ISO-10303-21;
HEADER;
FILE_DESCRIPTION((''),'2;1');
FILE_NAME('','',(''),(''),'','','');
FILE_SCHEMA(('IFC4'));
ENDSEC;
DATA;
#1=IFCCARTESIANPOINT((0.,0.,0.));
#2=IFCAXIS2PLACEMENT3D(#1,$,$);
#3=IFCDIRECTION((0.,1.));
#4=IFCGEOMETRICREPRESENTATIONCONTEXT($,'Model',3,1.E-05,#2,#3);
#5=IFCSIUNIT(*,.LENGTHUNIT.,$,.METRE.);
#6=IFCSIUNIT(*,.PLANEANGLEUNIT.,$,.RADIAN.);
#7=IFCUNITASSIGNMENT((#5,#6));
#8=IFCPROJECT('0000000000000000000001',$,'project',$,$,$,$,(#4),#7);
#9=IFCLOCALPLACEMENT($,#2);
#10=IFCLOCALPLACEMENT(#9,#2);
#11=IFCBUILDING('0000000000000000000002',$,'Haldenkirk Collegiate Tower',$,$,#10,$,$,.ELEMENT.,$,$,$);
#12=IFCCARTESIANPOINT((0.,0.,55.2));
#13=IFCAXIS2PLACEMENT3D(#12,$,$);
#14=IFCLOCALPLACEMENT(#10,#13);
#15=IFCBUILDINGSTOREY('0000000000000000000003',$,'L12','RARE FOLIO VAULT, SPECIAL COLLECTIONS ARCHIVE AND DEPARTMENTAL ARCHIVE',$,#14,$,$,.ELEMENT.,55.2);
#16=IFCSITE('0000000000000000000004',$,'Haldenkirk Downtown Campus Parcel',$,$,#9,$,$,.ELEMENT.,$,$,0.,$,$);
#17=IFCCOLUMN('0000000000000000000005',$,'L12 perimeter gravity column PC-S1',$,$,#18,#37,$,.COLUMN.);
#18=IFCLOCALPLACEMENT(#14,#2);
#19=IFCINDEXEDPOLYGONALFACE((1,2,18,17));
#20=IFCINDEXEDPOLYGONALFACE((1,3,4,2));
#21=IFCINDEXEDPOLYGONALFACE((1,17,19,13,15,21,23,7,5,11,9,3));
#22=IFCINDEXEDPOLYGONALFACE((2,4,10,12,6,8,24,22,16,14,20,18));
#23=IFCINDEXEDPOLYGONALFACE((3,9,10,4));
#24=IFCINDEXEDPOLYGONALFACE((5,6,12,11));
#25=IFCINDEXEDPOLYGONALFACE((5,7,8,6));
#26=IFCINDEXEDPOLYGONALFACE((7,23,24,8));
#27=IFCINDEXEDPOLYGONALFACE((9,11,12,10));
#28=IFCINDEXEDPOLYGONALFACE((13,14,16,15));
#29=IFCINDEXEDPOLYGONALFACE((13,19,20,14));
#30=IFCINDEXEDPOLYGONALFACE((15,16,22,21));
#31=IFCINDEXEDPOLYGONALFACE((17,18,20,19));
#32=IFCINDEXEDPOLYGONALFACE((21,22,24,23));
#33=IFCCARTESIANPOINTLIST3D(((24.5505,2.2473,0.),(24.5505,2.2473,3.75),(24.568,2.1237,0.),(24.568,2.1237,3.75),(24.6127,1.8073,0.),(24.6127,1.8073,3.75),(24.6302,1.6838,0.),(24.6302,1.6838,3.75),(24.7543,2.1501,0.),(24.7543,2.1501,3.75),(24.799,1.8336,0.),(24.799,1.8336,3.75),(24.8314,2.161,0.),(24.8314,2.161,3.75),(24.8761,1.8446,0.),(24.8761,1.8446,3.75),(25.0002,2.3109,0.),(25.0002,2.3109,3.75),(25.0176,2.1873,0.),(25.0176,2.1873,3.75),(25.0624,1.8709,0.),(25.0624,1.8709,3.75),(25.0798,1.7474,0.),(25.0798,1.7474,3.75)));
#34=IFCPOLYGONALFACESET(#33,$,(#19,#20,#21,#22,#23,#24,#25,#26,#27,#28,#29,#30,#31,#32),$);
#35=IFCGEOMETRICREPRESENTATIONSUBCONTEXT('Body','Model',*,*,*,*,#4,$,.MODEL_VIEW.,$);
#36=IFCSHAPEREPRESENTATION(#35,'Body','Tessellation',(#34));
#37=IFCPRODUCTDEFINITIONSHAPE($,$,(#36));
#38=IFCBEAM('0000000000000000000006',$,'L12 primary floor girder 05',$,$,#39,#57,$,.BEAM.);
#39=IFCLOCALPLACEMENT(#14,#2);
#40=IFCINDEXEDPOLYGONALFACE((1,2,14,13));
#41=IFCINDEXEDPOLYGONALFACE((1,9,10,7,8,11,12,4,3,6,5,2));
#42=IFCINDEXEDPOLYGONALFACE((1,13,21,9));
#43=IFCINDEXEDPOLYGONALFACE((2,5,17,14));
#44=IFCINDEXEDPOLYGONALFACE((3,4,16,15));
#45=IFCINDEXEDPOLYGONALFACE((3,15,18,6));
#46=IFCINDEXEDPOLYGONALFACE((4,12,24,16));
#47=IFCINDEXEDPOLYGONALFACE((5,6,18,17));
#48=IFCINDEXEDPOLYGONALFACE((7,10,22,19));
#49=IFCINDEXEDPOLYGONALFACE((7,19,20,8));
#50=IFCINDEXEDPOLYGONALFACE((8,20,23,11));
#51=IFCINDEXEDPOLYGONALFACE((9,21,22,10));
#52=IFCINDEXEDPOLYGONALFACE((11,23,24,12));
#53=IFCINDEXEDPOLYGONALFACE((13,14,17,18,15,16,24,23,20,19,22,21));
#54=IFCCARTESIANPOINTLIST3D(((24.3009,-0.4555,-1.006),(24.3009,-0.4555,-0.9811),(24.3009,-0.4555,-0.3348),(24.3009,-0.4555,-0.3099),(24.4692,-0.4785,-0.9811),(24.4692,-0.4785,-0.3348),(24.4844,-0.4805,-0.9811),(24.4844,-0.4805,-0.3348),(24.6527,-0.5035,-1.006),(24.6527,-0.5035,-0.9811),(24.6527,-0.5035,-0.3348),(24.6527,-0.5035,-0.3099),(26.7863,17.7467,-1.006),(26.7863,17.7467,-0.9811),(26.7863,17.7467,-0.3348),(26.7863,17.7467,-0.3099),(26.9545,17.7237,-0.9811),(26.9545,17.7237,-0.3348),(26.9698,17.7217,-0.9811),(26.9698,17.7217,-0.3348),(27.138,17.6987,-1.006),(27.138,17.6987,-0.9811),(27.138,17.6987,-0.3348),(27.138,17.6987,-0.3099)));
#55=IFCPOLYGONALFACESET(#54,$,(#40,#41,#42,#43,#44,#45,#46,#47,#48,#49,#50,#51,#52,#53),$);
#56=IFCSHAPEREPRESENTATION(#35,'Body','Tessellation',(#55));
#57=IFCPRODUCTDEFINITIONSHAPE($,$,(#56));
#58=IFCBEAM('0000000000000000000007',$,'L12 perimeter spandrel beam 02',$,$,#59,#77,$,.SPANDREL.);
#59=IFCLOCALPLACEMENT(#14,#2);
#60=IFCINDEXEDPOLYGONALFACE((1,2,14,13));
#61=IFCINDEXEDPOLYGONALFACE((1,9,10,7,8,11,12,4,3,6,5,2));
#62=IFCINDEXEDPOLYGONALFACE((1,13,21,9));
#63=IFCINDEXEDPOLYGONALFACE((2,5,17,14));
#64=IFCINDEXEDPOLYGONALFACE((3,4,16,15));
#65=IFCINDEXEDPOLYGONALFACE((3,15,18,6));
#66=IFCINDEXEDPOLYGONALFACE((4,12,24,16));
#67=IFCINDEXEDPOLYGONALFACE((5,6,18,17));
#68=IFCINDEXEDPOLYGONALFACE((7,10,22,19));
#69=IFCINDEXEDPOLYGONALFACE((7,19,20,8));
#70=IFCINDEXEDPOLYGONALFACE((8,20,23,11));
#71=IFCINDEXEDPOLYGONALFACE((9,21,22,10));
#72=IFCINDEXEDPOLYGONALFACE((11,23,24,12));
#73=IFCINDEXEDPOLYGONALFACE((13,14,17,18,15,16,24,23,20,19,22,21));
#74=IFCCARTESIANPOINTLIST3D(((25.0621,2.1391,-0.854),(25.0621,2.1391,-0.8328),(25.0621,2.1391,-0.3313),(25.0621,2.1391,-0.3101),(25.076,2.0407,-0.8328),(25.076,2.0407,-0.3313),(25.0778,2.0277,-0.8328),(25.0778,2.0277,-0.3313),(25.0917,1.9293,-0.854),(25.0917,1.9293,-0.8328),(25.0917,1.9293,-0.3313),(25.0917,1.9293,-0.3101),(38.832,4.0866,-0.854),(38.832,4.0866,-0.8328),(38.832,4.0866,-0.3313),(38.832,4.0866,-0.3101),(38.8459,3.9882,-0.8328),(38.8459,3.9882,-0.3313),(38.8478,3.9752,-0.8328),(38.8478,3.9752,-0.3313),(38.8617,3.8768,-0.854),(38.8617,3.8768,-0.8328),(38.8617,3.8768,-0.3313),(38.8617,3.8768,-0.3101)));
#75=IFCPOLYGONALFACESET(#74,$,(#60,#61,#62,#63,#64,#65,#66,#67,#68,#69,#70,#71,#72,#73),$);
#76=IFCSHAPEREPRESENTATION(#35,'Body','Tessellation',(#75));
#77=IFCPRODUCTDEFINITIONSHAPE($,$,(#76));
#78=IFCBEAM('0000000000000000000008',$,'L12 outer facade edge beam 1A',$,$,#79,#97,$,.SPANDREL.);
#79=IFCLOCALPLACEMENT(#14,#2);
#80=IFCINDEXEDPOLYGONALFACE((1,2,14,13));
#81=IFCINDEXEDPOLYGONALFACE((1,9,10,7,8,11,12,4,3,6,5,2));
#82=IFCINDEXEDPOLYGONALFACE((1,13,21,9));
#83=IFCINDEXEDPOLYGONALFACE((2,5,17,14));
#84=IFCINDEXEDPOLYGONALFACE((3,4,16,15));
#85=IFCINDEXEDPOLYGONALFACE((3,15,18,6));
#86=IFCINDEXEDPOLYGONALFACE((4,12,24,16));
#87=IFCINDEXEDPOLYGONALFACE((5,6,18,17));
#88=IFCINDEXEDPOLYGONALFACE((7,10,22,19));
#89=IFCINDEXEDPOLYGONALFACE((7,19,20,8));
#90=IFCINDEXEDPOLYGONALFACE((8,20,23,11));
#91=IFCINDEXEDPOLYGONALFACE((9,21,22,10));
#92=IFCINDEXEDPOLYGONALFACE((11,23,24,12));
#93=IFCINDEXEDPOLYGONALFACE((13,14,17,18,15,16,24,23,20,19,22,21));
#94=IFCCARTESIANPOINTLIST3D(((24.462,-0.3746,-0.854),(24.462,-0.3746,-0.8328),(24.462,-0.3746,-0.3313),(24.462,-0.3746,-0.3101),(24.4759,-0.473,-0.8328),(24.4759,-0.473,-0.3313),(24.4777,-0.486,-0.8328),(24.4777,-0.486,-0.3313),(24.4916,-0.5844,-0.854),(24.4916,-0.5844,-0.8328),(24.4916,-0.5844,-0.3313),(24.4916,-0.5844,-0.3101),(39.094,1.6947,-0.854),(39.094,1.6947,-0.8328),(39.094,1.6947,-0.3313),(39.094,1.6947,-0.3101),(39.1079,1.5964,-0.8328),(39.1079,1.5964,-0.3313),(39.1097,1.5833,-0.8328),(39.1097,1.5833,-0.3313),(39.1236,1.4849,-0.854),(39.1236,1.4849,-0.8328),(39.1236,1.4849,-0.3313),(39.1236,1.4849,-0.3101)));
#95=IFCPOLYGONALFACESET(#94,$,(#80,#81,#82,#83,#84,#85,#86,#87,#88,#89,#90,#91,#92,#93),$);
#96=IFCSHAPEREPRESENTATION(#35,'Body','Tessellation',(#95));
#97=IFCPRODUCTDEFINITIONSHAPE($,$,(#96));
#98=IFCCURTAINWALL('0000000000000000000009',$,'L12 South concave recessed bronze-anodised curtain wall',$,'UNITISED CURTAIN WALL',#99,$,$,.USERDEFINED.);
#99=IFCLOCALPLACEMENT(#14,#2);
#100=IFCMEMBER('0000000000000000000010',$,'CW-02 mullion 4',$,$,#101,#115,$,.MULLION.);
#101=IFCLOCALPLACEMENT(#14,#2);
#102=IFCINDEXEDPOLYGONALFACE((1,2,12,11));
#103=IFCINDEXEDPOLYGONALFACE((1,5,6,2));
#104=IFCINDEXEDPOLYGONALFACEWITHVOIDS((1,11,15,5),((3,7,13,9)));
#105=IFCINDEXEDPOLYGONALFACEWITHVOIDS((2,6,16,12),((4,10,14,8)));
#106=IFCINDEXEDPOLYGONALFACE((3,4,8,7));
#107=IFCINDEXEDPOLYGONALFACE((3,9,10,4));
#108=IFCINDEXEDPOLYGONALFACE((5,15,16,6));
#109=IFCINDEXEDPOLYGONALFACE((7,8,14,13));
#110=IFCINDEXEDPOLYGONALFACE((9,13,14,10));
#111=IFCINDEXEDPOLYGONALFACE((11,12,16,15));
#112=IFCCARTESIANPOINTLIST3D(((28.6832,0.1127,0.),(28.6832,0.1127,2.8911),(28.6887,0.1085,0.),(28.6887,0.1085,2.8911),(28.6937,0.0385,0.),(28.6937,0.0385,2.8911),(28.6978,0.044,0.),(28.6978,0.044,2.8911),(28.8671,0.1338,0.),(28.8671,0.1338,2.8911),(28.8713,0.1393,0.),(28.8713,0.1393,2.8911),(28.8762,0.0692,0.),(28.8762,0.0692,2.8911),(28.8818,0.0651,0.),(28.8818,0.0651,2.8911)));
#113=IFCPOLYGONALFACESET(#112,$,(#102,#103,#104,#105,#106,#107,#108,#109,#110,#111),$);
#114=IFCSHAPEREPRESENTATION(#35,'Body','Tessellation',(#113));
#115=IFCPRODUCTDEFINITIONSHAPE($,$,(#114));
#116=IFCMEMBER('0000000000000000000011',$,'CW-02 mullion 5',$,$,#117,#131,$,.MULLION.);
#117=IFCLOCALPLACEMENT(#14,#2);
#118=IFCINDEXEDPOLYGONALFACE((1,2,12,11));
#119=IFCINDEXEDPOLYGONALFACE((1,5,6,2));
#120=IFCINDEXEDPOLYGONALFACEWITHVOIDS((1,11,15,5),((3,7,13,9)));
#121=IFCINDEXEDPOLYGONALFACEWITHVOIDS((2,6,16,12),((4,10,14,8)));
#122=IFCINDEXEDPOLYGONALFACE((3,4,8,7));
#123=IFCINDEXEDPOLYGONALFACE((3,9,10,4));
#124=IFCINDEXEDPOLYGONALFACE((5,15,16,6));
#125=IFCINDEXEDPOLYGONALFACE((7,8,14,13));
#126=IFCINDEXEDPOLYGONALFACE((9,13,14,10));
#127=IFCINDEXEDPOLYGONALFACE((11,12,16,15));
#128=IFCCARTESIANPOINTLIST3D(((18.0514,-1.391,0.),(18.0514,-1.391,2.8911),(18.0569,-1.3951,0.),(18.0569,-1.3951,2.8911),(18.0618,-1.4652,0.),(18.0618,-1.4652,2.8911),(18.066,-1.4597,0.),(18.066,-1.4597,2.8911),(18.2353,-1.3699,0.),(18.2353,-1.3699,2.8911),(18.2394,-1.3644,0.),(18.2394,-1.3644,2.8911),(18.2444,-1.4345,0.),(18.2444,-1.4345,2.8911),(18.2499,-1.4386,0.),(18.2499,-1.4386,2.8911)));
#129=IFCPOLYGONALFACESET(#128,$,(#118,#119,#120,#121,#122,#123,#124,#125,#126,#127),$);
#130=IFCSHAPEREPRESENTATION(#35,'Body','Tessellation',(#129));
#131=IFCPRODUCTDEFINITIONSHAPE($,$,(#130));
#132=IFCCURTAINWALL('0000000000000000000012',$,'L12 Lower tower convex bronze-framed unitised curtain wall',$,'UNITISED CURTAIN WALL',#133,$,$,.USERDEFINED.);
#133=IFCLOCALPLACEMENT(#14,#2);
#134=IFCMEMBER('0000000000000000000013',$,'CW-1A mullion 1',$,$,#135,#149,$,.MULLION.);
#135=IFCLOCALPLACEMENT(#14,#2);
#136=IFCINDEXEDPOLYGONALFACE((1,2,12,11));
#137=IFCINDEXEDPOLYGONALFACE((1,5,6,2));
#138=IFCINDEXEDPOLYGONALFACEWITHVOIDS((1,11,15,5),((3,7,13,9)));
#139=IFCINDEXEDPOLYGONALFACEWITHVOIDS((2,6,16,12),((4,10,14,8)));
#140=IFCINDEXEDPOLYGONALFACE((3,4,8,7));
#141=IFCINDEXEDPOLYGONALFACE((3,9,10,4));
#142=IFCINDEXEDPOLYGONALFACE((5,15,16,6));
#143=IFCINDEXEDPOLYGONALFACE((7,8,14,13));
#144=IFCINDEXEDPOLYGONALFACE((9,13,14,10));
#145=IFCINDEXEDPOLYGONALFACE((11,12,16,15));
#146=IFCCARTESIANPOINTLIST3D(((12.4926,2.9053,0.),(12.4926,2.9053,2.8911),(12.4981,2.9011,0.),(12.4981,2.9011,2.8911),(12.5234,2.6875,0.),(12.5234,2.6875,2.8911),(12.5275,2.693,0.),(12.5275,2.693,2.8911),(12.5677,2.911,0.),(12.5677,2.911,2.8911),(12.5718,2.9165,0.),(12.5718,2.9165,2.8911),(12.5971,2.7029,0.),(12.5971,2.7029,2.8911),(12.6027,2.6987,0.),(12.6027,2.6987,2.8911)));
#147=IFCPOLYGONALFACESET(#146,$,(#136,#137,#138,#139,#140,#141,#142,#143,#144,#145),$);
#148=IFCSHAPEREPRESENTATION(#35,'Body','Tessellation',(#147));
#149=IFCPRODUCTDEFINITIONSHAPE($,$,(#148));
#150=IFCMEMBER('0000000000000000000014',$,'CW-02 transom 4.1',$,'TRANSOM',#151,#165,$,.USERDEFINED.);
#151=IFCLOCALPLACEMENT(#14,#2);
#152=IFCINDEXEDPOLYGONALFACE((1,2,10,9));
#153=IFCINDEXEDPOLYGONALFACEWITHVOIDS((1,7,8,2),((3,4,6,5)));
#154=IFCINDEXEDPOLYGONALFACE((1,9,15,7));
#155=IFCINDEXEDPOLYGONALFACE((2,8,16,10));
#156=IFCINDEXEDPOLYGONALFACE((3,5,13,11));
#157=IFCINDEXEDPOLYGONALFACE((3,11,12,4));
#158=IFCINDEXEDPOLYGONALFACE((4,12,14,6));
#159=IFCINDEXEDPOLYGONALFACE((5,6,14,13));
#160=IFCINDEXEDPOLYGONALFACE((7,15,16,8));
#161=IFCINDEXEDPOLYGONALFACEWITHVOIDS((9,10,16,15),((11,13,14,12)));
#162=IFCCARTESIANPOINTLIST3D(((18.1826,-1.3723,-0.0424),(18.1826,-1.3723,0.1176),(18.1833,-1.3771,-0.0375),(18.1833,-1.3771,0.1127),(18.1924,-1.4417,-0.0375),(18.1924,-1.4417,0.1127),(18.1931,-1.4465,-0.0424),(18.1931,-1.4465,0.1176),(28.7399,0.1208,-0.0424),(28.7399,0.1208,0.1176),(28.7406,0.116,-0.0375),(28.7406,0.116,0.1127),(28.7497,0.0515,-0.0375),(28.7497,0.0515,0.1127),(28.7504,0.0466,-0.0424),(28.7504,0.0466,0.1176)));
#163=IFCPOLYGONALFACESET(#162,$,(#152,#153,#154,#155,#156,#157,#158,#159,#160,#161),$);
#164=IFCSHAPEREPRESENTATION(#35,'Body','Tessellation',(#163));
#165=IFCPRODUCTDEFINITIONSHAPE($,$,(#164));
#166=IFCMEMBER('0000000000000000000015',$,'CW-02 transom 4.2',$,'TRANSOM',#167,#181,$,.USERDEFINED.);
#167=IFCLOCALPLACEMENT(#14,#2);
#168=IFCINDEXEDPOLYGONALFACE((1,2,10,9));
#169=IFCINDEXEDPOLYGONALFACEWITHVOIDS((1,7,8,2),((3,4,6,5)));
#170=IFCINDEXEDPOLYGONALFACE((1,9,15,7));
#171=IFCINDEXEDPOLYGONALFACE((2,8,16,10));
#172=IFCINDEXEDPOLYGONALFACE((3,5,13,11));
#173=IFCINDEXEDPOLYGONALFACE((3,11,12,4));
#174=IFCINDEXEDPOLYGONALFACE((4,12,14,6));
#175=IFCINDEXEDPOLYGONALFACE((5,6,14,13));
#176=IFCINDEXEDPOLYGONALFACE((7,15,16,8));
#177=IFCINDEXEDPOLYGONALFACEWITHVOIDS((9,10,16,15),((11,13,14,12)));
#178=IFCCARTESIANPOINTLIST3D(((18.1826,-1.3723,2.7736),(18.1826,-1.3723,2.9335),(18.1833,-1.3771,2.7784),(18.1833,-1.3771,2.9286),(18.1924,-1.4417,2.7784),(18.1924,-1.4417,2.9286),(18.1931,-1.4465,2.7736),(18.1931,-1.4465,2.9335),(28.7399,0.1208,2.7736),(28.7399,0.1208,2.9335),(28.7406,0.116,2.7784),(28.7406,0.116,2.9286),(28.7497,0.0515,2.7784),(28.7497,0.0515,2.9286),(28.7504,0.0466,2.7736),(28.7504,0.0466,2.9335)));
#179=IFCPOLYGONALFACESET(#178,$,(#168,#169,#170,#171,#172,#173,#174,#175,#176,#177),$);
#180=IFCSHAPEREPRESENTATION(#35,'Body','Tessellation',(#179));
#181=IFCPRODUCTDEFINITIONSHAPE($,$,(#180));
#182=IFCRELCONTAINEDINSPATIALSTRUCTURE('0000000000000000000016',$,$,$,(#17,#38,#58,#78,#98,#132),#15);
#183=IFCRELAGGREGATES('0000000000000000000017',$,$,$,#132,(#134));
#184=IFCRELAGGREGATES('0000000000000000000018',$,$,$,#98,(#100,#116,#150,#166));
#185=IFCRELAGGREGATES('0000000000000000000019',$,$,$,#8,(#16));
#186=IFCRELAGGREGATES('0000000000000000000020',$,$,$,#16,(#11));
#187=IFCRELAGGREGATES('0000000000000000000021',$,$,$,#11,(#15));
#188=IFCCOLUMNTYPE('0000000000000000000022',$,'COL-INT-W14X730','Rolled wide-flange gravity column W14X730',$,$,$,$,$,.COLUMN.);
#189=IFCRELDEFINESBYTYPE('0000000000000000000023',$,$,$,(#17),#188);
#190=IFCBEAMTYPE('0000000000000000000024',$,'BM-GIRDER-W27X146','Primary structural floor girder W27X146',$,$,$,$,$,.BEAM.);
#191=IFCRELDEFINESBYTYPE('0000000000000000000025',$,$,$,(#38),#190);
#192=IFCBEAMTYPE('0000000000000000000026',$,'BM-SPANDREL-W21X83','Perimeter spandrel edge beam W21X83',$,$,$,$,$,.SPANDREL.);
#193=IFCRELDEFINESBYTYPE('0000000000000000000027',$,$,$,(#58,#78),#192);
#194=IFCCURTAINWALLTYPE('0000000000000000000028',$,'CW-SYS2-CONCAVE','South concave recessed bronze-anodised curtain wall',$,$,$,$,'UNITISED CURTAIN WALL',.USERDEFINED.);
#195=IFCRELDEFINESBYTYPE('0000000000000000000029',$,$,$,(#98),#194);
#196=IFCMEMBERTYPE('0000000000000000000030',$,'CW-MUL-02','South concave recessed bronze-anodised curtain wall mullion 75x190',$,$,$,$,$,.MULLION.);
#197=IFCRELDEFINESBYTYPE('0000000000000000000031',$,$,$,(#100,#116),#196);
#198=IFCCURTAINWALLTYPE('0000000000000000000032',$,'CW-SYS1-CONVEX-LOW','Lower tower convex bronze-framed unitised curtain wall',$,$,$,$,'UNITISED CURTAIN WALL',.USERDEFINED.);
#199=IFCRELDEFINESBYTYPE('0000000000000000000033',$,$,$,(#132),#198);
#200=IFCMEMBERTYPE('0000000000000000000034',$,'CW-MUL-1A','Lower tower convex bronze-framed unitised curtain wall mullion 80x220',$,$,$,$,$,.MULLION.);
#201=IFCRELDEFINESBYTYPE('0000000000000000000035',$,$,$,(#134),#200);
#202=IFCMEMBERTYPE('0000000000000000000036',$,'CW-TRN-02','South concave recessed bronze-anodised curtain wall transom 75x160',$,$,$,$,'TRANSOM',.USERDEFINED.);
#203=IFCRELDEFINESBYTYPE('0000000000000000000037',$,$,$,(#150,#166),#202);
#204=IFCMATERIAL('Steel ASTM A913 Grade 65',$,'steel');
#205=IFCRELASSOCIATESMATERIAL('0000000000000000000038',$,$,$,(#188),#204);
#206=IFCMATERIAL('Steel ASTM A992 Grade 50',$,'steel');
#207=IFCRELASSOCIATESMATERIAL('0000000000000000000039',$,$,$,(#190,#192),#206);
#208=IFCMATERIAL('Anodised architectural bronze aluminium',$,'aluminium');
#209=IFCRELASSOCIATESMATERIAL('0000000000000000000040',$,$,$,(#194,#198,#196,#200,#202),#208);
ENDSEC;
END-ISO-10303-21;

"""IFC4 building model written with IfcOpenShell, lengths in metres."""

from ifc_helpers import new_model, si_unit, direction, frame, origin, origin_2d, place, context, subcontext, project, spatial, hollow_rectangle, i_section, extrude, material, material_profile, profile_set, type_object, element, aggregate, save


model = new_model("IFC4")

# Units and contexts
model_context = context("Model", 3, precision=1e-05, world=origin(), true_north=direction((0.0, 1.0)))
body_context = subcontext(model_context, "Body", "Model", "MODEL_VIEW")
ifc_project = project(units=[si_unit("LENGTHUNIT", "METRE"), si_unit("PLANEANGLEUNIT", "RADIAN")], contexts=[model_context])

# Site, building, storey
site_placement = place(None, origin())
site = spatial("IfcSite", under=ifc_project, at=site_placement, Name="Haldenkirk Downtown Campus Parcel", CompositionType="ELEMENT", RefElevation=0.0)
building_placement = place(site_placement, origin())
building = spatial("IfcBuilding", under=site, at=building_placement, Name="Haldenkirk Collegiate Tower", CompositionType="ELEMENT")
storey_placement = place(building_placement, frame((0.0, 0.0, 55.2)))
storey = spatial("IfcBuildingStorey", under=building, at=storey_placement, Name="L12", Description="RARE FOLIO VAULT, SPECIAL COLLECTIONS ARCHIVE AND DEPARTMENTAL ARCHIVE", CompositionType="ELEMENT", Elevation=55.2)

# Column
ifc_material_1 = material(Name="Steel ASTM A913 Grade 65", Category="steel")
ifc_material_profile_1 = material_profile(ifc_material_1, i_section(OverallWidth=0.4541, OverallDepth=0.5691, WebThickness=0.0779, FlangeThickness=0.1248, at=origin_2d()), Name="W14X730")
ifc_profile_set_1 = profile_set([ifc_material_profile_1], Name="Steel ASTM A913 Grade 65")
column_type = type_object("IfcColumnType", Name="COL-INT-W14X730", Description="Rolled wide-flange gravity column W14X730", PredefinedType="COLUMN", material=ifc_profile_set_1)
column_placement = place(storey_placement, frame((24.8152, 1.9973, 0.0), z_axis=(0.0, 0.0, 1.0), x_axis=(0.990146, 0.140037, 0.0)))
element("IfcColumn", 1, at=column_placement, inside=storey, type_object=column_type, Name="L12 perimeter gravity column PC-S1", PredefinedType="COLUMN", context=body_context, shape_type="SweptSolid", body=[
    extrude(i_section(OverallWidth=0.4541, OverallDepth=0.5691, WebThickness=0.0779, FlangeThickness=0.1248, at=origin_2d()), origin(), (0.0, 0.0, 1.0), 3.75),
])

# Beams
ifc_material_2 = material(Name="Steel ASTM A992 Grade 50", Category="steel")
ifc_material_profile_2 = material_profile(ifc_material_2, i_section(OverallWidth=0.355, OverallDepth=0.696, WebThickness=0.0154, FlangeThickness=0.0249, at=origin_2d()), Name="W27X146")
ifc_profile_set_2 = profile_set([ifc_material_profile_2], Name="Steel ASTM A992 Grade 50")
beam_type_1 = type_object("IfcBeamType", Name="BM-GIRDER-W27X146", Description="Primary structural floor girder W27X146", PredefinedType="BEAM", material=ifc_profile_set_2)
beam_1_placement = place(storey_placement, frame((24.4768, -0.4795, -0.658), z_axis=(0.135286, 0.990807, 0.0), x_axis=(-0.990807, 0.135286, 0.0)))
element("IfcBeam", 2, at=beam_1_placement, inside=storey, type_object=beam_type_1, Name="L12 primary floor girder 05", PredefinedType="BEAM", context=body_context, shape_type="SweptSolid", body=[
    extrude(i_section(OverallWidth=0.355, OverallDepth=0.696, WebThickness=0.0154, FlangeThickness=0.0249, at=origin_2d()), origin(), (0.0, 0.0, 1.0), 18.3711),
])
ifc_material_profile_3 = material_profile(ifc_material_2, i_section(OverallWidth=0.2119, OverallDepth=0.5439, WebThickness=0.0132, FlangeThickness=0.0212, at=origin_2d()), Name="W21X83")
ifc_profile_set_3 = profile_set([ifc_material_profile_3], Name="Steel ASTM A992 Grade 50")
beam_type_2 = type_object("IfcBeamType", Name="BM-SPANDREL-W21X83", Description="Perimeter spandrel edge beam W21X83", PredefinedType="SPANDREL", material=ifc_profile_set_3)
beam_2_placement = place(storey_placement, frame((25.0769, 2.0342, -0.582), z_axis=(0.990146, 0.140038, 0.0), x_axis=(-0.140038, 0.990146, 0.0)))
element("IfcBeam", 3, at=beam_2_placement, inside=storey, type_object=beam_type_2, Name="L12 perimeter spandrel beam 02", PredefinedType="SPANDREL", context=body_context, shape_type="SweptSolid", body=[
    extrude(i_section(OverallWidth=0.2119, OverallDepth=0.5439, WebThickness=0.0132, FlangeThickness=0.0212, at=origin_2d()), origin(), (0.0, 0.0, 1.0), 13.907),
])
beam_3_placement = place(storey_placement, frame((24.4768, -0.4795, -0.582), z_axis=(0.990147, 0.140031, 0.0), x_axis=(-0.140031, 0.990147, 0.0)))
element("IfcBeam", 4, at=beam_3_placement, inside=storey, type_object=beam_type_2, Name="L12 outer facade edge beam 1A", PredefinedType="SPANDREL", context=body_context, shape_type="SweptSolid", body=[
    extrude(i_section(OverallWidth=0.2119, OverallDepth=0.5439, WebThickness=0.0132, FlangeThickness=0.0212, at=origin_2d()), origin(), (0.0, 0.0, 1.0), 14.7776),
])

# Curtain wall, members
ifc_material_3 = material(Name="Anodised architectural bronze aluminium", Category="aluminium")
curtain_wall_type_1 = type_object("IfcCurtainWallType", Name="CW-SYS2-CONCAVE", Description="South concave recessed bronze-anodised curtain wall", ElementType="UNITISED CURTAIN WALL", PredefinedType="USERDEFINED", material=ifc_material_3)
curtain_wall_1_placement = place(storey_placement, origin())
curtain_wall_1 = element("IfcCurtainWall", 5, at=curtain_wall_1_placement, inside=storey, type_object=curtain_wall_type_1, Name="L12 South concave recessed bronze-anodised curtain wall", ObjectType="UNITISED CURTAIN WALL", PredefinedType="USERDEFINED")
ifc_material_profile_4 = material_profile(ifc_material_3, hollow_rectangle(XDim=0.075, YDim=0.1899, WallThickness=0.0049, at=origin_2d()), Name="CW-MUL-02")
ifc_profile_set_4 = profile_set([ifc_material_profile_4], Name="Anodised architectural bronze aluminium")
member_type_1 = type_object("IfcMemberType", Name="CW-MUL-02", Description="South concave recessed bronze-anodised curtain wall mullion 75x190", PredefinedType="MULLION", material=ifc_profile_set_4)
member_1_placement = place(storey_placement, frame((28.7825, 0.0889, 0.0), z_axis=(0.0, 0.0, 1.0), x_axis=(0.140039, -0.990146, 0.0)))
member_1 = element("IfcMember", 6, at=member_1_placement, type_object=member_type_1, Name="CW-02 mullion 4", PredefinedType="MULLION", context=body_context, shape_type="SweptSolid", body=[
    extrude(hollow_rectangle(XDim=0.075, YDim=0.1899, WallThickness=0.0049, at=origin_2d()), origin(), (0.0, 0.0, 1.0), 2.8911),
])
member_2_placement = place(storey_placement, frame((18.1506, -1.4148, 0.0), z_axis=(0.0, 0.0, 1.0), x_axis=(0.140039, -0.990146, 0.0)))
member_2 = element("IfcMember", 7, at=member_2_placement, type_object=member_type_1, Name="CW-02 mullion 5", PredefinedType="MULLION", context=body_context, shape_type="SweptSolid", body=[
    extrude(hollow_rectangle(XDim=0.075, YDim=0.1899, WallThickness=0.0049, at=origin_2d()), origin(), (0.0, 0.0, 1.0), 2.8911),
])

# Curtain wall, member
curtain_wall_type_2 = type_object("IfcCurtainWallType", Name="CW-SYS1-CONVEX-LOW", Description="Lower tower convex bronze-framed unitised curtain wall", ElementType="UNITISED CURTAIN WALL", PredefinedType="USERDEFINED", material=ifc_material_3)
curtain_wall_2_placement = place(storey_placement, origin())
curtain_wall_2 = element("IfcCurtainWall", 8, at=curtain_wall_2_placement, inside=storey, type_object=curtain_wall_type_2, Name="L12 Lower tower convex bronze-framed unitised curtain wall", ObjectType="UNITISED CURTAIN WALL", PredefinedType="USERDEFINED")
ifc_material_profile_5 = material_profile(ifc_material_3, hollow_rectangle(XDim=0.0801, YDim=0.22, WallThickness=0.0049, at=origin_2d()), Name="CW-MUL-1A")
ifc_profile_set_5 = profile_set([ifc_material_profile_5], Name="Anodised architectural bronze aluminium")
member_type_2 = type_object("IfcMemberType", Name="CW-MUL-1A", Description="Lower tower convex bronze-framed unitised curtain wall mullion 80x220", PredefinedType="MULLION", material=ifc_profile_set_5)
member_3_placement = place(storey_placement, frame((12.5476, 2.802, 0.0), z_axis=(0.0, 0.0, 1.0), x_axis=(-0.990146, -0.140039, 0.0)))
member_3 = element("IfcMember", 9, at=member_3_placement, type_object=member_type_2, Name="CW-1A mullion 1", PredefinedType="MULLION", context=body_context, shape_type="SweptSolid", body=[
    extrude(hollow_rectangle(XDim=0.0801, YDim=0.22, WallThickness=0.0049, at=origin_2d()), origin(), (0.0, 0.0, 1.0), 2.8911),
])

# Members
ifc_material_profile_6 = material_profile(ifc_material_3, hollow_rectangle(XDim=0.075, YDim=0.1599, WallThickness=0.0049, at=origin_2d()), Name="CW-TRN-02")
ifc_profile_set_6 = profile_set([ifc_material_profile_6], Name="Anodised architectural bronze aluminium")
member_type_3 = type_object("IfcMemberType", Name="CW-TRN-02", Description="South concave recessed bronze-anodised curtain wall transom 75x160", ElementType="TRANSOM", PredefinedType="USERDEFINED", material=ifc_profile_set_6)
member_4_placement = place(storey_placement, frame((28.7451, 0.0837, 0.0376), z_axis=(-0.990146, -0.14004, 0.0), x_axis=(0.14004, -0.990146, 0.0)))
member_4 = element("IfcMember", 10, at=member_4_placement, type_object=member_type_3, Name="CW-02 transom 4.1", ObjectType="TRANSOM", PredefinedType="USERDEFINED", context=body_context, shape_type="SweptSolid", body=[
    extrude(hollow_rectangle(XDim=0.075, YDim=0.1599, WallThickness=0.0049, at=origin_2d()), origin(), (0.0, 0.0, 1.0), 10.6624),
])
member_5_placement = place(storey_placement, frame((28.7451, 0.0837, 2.8535), z_axis=(-0.990146, -0.14004, 0.0), x_axis=(0.14004, -0.990146, 0.0)))
member_5 = element("IfcMember", 11, at=member_5_placement, type_object=member_type_3, Name="CW-02 transom 4.2", ObjectType="TRANSOM", PredefinedType="USERDEFINED", context=body_context, shape_type="SweptSolid", body=[
    extrude(hollow_rectangle(XDim=0.075, YDim=0.1599, WallThickness=0.0049, at=origin_2d()), origin(), (0.0, 0.0, 1.0), 10.6624),
])
aggregate(curtain_wall_2, [member_3])

aggregate(curtain_wall_1, [member_1, member_2, member_4, member_5])

save(model, "model.ifc")
